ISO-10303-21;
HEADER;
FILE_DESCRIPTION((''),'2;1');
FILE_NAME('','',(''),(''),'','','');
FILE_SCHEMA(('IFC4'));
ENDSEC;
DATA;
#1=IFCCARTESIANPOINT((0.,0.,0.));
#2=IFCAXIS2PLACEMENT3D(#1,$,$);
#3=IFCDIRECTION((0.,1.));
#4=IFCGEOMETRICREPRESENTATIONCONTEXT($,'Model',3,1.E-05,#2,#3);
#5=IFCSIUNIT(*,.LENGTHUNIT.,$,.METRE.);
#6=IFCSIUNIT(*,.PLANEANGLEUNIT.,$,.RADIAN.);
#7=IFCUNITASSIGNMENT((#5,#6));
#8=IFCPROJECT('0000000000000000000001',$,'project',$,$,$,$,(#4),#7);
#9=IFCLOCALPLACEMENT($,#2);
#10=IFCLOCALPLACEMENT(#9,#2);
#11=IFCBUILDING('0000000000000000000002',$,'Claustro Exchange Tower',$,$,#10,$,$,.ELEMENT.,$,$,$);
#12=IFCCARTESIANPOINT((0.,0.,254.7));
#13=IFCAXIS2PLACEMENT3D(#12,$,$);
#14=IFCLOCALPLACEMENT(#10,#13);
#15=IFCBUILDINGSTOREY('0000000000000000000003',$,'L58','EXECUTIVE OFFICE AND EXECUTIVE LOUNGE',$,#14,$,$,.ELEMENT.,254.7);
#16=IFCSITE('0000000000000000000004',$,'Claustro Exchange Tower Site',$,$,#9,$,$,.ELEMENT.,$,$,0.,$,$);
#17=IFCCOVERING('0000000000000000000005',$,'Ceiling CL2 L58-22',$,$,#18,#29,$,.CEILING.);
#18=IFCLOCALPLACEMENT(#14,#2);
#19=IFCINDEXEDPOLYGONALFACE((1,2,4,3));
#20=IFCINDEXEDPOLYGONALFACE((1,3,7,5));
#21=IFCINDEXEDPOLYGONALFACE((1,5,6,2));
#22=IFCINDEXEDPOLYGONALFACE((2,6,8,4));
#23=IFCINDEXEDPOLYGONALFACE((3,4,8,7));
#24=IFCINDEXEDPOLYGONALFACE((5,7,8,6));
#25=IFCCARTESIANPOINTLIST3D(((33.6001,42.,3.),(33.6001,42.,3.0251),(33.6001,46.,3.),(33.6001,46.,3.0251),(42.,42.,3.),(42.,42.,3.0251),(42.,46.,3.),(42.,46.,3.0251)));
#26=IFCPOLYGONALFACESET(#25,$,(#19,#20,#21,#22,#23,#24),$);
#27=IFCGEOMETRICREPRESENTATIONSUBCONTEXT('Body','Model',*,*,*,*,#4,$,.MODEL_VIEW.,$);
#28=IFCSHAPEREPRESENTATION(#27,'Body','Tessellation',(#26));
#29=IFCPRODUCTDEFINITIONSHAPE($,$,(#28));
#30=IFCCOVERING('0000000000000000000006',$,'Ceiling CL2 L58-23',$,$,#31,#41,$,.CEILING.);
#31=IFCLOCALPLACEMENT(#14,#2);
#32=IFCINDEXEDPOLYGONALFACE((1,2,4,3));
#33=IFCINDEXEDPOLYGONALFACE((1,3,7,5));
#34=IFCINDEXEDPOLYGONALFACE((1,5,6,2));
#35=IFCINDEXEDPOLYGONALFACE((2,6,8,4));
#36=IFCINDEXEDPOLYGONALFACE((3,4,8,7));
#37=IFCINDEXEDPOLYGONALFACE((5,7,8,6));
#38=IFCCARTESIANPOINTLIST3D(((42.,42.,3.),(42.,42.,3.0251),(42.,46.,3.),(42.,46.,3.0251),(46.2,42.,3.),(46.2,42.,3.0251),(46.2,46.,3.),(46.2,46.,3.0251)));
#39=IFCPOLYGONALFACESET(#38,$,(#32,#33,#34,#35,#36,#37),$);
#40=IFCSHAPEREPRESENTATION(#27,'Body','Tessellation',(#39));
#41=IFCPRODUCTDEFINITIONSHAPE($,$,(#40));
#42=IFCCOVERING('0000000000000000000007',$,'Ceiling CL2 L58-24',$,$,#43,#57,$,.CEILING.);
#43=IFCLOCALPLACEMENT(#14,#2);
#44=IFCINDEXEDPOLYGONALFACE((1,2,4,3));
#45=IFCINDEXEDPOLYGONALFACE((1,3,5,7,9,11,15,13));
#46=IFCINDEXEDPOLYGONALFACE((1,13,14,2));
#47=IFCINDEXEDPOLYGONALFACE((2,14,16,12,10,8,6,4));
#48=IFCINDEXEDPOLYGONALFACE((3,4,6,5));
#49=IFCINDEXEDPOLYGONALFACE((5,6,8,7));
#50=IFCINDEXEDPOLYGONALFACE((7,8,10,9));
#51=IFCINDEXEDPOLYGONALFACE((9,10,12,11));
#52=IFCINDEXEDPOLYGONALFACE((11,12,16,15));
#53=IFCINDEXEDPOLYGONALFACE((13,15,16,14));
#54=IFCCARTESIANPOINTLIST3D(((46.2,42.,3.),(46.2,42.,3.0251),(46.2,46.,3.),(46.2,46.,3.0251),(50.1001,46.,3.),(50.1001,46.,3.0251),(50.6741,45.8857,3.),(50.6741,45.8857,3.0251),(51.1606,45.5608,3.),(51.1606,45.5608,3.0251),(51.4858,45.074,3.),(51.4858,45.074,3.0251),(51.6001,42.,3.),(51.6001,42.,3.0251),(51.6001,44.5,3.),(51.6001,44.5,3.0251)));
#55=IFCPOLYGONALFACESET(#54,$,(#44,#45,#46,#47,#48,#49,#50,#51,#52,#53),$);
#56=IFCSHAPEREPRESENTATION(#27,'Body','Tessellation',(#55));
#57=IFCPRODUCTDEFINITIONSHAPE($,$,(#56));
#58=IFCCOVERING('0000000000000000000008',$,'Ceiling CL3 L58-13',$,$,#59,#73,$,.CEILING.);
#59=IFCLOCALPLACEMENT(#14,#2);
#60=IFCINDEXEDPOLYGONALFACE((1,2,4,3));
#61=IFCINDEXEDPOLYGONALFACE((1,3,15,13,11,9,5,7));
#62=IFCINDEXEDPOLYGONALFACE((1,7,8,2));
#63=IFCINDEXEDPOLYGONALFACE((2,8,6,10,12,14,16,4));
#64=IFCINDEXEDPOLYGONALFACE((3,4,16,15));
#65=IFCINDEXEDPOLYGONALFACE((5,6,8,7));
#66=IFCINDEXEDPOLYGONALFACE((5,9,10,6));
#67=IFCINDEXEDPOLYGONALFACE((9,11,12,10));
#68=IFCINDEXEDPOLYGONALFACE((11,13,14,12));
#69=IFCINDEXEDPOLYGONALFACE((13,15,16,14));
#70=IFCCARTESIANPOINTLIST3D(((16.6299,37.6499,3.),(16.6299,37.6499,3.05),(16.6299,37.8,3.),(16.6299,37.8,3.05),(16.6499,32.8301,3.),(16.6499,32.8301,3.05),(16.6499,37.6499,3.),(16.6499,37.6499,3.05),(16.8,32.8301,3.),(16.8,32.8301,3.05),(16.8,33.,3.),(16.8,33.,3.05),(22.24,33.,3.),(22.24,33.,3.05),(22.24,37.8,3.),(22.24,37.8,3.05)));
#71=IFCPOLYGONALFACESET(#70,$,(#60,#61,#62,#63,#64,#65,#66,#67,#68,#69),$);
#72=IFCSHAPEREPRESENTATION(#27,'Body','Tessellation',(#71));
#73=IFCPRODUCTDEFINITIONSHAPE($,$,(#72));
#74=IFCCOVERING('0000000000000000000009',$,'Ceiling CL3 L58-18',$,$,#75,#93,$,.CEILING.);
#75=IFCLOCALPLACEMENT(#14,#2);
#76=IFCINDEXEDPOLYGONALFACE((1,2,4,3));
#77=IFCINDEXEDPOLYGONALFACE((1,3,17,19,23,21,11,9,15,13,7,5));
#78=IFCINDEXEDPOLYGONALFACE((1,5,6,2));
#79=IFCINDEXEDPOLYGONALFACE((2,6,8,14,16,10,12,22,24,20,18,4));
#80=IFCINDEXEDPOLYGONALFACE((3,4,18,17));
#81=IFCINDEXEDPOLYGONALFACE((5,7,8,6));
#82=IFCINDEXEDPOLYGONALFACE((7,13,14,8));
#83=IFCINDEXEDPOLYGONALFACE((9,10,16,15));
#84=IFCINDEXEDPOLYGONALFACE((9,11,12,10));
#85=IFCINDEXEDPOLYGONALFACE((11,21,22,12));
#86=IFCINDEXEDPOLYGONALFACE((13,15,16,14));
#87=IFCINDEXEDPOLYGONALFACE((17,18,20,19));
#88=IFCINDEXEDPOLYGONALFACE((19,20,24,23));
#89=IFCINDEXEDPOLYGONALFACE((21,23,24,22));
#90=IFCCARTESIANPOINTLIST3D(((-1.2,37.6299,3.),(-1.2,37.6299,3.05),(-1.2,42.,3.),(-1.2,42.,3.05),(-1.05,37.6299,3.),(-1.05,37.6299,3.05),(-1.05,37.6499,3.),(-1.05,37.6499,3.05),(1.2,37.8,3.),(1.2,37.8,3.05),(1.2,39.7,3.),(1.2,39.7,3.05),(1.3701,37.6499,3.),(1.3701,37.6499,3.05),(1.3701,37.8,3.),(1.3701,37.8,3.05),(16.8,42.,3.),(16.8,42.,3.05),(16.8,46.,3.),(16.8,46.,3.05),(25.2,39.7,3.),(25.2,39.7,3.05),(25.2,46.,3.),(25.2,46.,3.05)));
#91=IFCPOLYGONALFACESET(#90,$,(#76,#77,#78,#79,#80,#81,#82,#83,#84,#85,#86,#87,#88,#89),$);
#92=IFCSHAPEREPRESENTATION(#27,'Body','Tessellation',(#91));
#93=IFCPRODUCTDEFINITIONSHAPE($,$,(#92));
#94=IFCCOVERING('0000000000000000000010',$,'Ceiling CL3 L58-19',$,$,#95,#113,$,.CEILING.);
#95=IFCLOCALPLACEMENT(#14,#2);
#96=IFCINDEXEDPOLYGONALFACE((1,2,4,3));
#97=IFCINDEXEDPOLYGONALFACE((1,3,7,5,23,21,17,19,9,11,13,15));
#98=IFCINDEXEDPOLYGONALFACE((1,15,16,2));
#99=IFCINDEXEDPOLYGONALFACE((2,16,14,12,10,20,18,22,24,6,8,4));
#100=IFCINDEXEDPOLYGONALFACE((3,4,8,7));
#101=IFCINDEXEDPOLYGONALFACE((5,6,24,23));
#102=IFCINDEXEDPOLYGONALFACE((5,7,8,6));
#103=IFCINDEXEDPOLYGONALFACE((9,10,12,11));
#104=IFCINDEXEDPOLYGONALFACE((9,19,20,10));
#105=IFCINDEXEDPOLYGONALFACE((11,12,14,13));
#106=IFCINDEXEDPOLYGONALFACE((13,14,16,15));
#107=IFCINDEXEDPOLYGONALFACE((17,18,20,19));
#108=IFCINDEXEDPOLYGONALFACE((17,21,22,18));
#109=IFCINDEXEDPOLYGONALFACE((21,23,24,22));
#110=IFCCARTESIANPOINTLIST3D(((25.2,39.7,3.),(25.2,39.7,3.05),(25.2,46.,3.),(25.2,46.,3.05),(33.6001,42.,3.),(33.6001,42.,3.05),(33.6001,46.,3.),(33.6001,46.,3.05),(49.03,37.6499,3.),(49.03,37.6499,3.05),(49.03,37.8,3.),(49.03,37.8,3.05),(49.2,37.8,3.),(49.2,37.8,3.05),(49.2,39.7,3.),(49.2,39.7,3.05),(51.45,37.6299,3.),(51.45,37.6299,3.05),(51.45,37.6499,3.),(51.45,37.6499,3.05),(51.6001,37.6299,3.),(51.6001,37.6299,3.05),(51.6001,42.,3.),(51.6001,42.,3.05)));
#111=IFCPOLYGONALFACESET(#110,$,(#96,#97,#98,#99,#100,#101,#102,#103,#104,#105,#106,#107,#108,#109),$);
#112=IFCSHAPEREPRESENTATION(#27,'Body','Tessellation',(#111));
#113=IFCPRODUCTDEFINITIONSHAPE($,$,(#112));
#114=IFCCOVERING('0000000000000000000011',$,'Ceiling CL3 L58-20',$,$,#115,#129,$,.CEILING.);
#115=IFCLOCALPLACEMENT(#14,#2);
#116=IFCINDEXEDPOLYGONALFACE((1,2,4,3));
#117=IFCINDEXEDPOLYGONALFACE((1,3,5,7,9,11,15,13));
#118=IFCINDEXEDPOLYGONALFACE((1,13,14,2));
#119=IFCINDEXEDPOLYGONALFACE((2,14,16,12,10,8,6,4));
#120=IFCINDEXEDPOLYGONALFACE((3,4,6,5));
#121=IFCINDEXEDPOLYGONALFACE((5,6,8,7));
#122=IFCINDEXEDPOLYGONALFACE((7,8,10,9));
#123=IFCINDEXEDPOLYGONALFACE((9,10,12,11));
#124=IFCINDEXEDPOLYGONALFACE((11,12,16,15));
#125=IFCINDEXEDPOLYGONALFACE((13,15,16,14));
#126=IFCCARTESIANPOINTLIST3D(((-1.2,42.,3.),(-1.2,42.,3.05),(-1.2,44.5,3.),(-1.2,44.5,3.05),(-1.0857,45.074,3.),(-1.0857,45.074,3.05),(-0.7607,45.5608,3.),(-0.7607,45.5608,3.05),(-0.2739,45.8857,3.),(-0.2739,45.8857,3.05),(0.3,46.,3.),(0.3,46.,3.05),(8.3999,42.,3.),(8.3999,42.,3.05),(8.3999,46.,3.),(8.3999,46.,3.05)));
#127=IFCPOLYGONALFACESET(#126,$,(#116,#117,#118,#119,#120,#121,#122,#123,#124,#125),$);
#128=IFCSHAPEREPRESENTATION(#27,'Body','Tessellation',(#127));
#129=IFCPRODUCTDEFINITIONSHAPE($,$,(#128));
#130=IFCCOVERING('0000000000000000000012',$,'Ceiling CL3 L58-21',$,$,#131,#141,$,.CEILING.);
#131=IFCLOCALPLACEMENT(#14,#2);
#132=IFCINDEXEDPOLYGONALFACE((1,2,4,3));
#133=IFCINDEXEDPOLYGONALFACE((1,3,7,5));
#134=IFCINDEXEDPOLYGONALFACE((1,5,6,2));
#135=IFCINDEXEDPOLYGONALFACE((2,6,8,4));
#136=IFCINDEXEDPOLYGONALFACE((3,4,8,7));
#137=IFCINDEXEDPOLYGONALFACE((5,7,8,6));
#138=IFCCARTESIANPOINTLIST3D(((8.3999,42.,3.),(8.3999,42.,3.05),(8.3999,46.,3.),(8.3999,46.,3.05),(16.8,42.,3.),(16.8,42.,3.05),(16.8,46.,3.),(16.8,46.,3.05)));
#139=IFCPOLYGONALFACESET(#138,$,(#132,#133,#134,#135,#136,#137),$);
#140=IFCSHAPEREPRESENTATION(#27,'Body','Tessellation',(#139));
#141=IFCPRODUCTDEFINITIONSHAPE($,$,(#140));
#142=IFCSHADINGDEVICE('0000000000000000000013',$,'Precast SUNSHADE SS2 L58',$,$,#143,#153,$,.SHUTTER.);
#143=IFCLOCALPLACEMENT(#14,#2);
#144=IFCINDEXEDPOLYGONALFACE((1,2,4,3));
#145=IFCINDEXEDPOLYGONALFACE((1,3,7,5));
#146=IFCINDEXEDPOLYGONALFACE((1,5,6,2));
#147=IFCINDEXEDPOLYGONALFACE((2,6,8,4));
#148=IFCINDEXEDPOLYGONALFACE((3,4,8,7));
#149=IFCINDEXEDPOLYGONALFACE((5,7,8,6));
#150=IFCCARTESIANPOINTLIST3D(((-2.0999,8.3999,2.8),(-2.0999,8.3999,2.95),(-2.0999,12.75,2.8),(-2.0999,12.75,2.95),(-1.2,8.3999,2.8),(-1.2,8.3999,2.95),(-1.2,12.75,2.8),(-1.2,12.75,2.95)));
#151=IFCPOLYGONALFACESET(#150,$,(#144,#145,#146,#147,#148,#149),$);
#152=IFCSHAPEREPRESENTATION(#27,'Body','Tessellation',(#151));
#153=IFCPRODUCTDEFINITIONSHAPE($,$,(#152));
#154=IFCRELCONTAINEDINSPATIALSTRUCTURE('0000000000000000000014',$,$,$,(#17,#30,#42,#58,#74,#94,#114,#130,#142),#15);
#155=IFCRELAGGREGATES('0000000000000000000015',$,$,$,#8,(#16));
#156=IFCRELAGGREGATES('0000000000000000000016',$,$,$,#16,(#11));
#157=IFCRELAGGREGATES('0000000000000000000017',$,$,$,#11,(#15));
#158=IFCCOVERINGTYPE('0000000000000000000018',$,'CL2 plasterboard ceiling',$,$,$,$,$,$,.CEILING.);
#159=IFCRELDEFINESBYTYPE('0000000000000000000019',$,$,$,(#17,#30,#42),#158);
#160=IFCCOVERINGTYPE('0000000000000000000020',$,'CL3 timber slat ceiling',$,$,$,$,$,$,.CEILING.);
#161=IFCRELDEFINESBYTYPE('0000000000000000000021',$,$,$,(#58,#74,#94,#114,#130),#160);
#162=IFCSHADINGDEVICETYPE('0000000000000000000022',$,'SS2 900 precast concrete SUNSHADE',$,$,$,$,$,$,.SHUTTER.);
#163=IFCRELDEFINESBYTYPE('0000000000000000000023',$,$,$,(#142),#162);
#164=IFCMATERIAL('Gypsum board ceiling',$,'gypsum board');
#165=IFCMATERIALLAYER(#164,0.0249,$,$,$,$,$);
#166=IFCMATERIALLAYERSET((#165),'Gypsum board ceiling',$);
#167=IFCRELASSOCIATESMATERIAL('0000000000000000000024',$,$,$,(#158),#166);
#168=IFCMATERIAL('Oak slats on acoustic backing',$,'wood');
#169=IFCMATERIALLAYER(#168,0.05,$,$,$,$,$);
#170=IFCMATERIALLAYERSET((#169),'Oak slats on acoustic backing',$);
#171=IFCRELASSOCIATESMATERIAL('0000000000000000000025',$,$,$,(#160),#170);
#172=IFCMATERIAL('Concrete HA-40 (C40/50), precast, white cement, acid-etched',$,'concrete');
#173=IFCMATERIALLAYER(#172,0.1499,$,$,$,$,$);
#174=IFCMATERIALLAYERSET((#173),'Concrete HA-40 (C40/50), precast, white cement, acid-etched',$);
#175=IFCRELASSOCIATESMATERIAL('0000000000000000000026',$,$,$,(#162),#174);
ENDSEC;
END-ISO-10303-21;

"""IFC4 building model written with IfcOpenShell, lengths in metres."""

from ifc_helpers import new_model, si_unit, direction, frame, origin, origin_2d, place, context, subcontext, project, spatial, polyline, rectangle, outline, extrude, material, layer, layer_set, type_object, element, save


model = new_model("IFC4")

# Units and contexts
model_context = context("Model", 3, precision=1e-05, world=origin(), true_north=direction((0.0, 1.0)))
body_context = subcontext(model_context, "Body", "Model", "MODEL_VIEW")
ifc_project = project(units=[si_unit("LENGTHUNIT", "METRE"), si_unit("PLANEANGLEUNIT", "RADIAN")], contexts=[model_context])

# Site, building, storey
site_placement = place(None, origin())
site = spatial("IfcSite", under=ifc_project, at=site_placement, Name="Claustro Exchange Tower Site", CompositionType="ELEMENT", RefElevation=0.0)
building_placement = place(site_placement, origin())
building = spatial("IfcBuilding", under=site, at=building_placement, Name="Claustro Exchange Tower", CompositionType="ELEMENT")
storey_placement = place(building_placement, frame((0.0, 0.0, 254.7)))
storey = spatial("IfcBuildingStorey", under=building, at=storey_placement, Name="L58", Description="EXECUTIVE OFFICE AND EXECUTIVE LOUNGE", CompositionType="ELEMENT", Elevation=254.7)

# Coverings
ifc_material_1 = material(Name="Gypsum board ceiling", Category="gypsum board")
ifc_layer_1 = layer(ifc_material_1, 0.0249)
ifc_layer_set_1 = layer_set([ifc_layer_1], Name="Gypsum board ceiling")
covering_type_1 = type_object("IfcCoveringType", Name="CL2 plasterboard ceiling", PredefinedType="CEILING", material=ifc_layer_set_1)
covering_1_placement = place(storey_placement, frame((0.0, 0.0, 3.0)))
element("IfcCovering", 1, at=covering_1_placement, inside=storey, type_object=covering_type_1, Name="Ceiling CL2 L58-22", PredefinedType="CEILING", context=body_context, shape_type="SweptSolid", body=[
    extrude(outline(polyline([(42.0, 46.0), (33.6001, 46.0), (33.6001, 42.0), (42.0, 42.0), (42.0, 46.0)])), origin(), (0.0, 0.0, 1.0), 0.0251),
])
covering_2_placement = place(storey_placement, frame((0.0, 0.0, 3.0)))
element("IfcCovering", 2, at=covering_2_placement, inside=storey, type_object=covering_type_1, Name="Ceiling CL2 L58-23", PredefinedType="CEILING", context=body_context, shape_type="SweptSolid", body=[
    extrude(outline(polyline([(46.2, 46.0), (42.0, 46.0), (42.0, 42.0), (46.2, 42.0), (46.2, 46.0)])), origin(), (0.0, 0.0, 1.0), 0.0251),
])
covering_3_placement = place(storey_placement, frame((0.0, 0.0, 3.0)))
element("IfcCovering", 3, at=covering_3_placement, inside=storey, type_object=covering_type_1, Name="Ceiling CL2 L58-24", PredefinedType="CEILING", context=body_context, shape_type="SweptSolid", body=[
    extrude(outline(polyline([(50.1001, 46.0), (46.2, 46.0), (46.2, 42.0), (51.6001, 42.0), (51.6001, 44.5), (51.4858, 45.074), (51.1606, 45.5608), (50.6741, 45.8857), (50.1001, 46.0)])), origin(), (0.0, 0.0, 1.0), 0.0251),
])
ifc_material_2 = material(Name="Oak slats on acoustic backing", Category="wood")
ifc_layer_2 = layer(ifc_material_2, 0.05)
ifc_layer_set_2 = layer_set([ifc_layer_2], Name="Oak slats on acoustic backing")
covering_type_2 = type_object("IfcCoveringType", Name="CL3 timber slat ceiling", PredefinedType="CEILING", material=ifc_layer_set_2)
covering_4_placement = place(storey_placement, frame((0.0, 0.0, 3.0)))
element("IfcCovering", 4, at=covering_4_placement, inside=storey, type_object=covering_type_2, Name="Ceiling CL3 L58-13", PredefinedType="CEILING", context=body_context, shape_type="SweptSolid", body=[
    extrude(outline(polyline([(22.24, 37.8), (16.6299, 37.8), (16.6299, 37.6499), (16.6499, 37.6499), (16.6499, 32.8301), (16.8, 32.8301), (16.8, 33.0), (22.24, 33.0), (22.24, 37.8)])), origin(), (0.0, 0.0, 1.0), 0.05),
])
covering_5_placement = place(storey_placement, frame((0.0, 0.0, 3.0)))
element("IfcCovering", 5, at=covering_5_placement, inside=storey, type_object=covering_type_2, Name="Ceiling CL3 L58-18", PredefinedType="CEILING", context=body_context, shape_type="SweptSolid", body=[
    extrude(outline(polyline([(-1.05, 37.6499), (1.3701, 37.6499), (1.3701, 37.8), (1.2, 37.8), (1.2, 39.7), (25.2, 39.7), (25.2, 46.0), (16.8, 46.0), (16.8, 42.0), (-1.2, 42.0), (-1.2, 37.6299), (-1.05, 37.6299), (-1.05, 37.6499)])), origin(), (0.0, 0.0, 1.0), 0.05),
])
covering_6_placement = place(storey_placement, frame((0.0, 0.0, 3.0)))
element("IfcCovering", 6, at=covering_6_placement, inside=storey, type_object=covering_type_2, Name="Ceiling CL3 L58-19", PredefinedType="CEILING", context=body_context, shape_type="SweptSolid", body=[
    extrude(outline(polyline([(51.45, 37.6499), (51.45, 37.6299), (51.6001, 37.6299), (51.6001, 42.0), (33.6001, 42.0), (33.6001, 46.0), (25.2, 46.0), (25.2, 39.7), (49.2, 39.7), (49.2, 37.8), (49.03, 37.8), (49.03, 37.6499), (51.45, 37.6499)])), origin(), (0.0, 0.0, 1.0), 0.05),
])
covering_7_placement = place(storey_placement, frame((0.0, 0.0, 3.0)))
element("IfcCovering", 7, at=covering_7_placement, inside=storey, type_object=covering_type_2, Name="Ceiling CL3 L58-20", PredefinedType="CEILING", context=body_context, shape_type="SweptSolid", body=[
    extrude(outline(polyline([(-1.2, 44.5), (-1.2, 42.0), (8.3999, 42.0), (8.3999, 46.0), (0.3, 46.0), (-0.2739, 45.8857), (-0.7607, 45.5608), (-1.0857, 45.074), (-1.2, 44.5)])), origin(), (0.0, 0.0, 1.0), 0.05),
])
covering_8_placement = place(storey_placement, frame((0.0, 0.0, 3.0)))
element("IfcCovering", 8, at=covering_8_placement, inside=storey, type_object=covering_type_2, Name="Ceiling CL3 L58-21", PredefinedType="CEILING", context=body_context, shape_type="SweptSolid", body=[
    extrude(outline(polyline([(16.8, 46.0), (8.3999, 46.0), (8.3999, 42.0), (16.8, 42.0), (16.8, 46.0)])), origin(), (0.0, 0.0, 1.0), 0.05),
])

# Shading device
ifc_material_3 = material(Name="Concrete HA-40 (C40/50), precast, white cement, acid-etched", Category="concrete")
ifc_layer_3 = layer(ifc_material_3, 0.1499)
ifc_layer_set_3 = layer_set([ifc_layer_3], Name="Concrete HA-40 (C40/50), precast, white cement, acid-etched")
shading_device_type = type_object("IfcShadingDeviceType", Name="SS2 900 precast concrete SUNSHADE", PredefinedType="SHUTTER", material=ifc_layer_set_3)
shading_device_placement = place(storey_placement, frame((-1.6499, 10.575, 2.8), z_axis=(0.0, 0.0, 1.0), x_axis=(0.0, 1.0, 0.0)))
element("IfcShadingDevice", 9, at=shading_device_placement, inside=storey, type_object=shading_device_type, Name="Precast SUNSHADE SS2 L58", PredefinedType="SHUTTER", context=body_context, shape_type="SweptSolid", body=[
    extrude(rectangle(XDim=4.3501, YDim=0.8999, at=origin_2d()), origin(), (0.0, 0.0, 1.0), 0.1499),
])

save(model, "model.ifc")
